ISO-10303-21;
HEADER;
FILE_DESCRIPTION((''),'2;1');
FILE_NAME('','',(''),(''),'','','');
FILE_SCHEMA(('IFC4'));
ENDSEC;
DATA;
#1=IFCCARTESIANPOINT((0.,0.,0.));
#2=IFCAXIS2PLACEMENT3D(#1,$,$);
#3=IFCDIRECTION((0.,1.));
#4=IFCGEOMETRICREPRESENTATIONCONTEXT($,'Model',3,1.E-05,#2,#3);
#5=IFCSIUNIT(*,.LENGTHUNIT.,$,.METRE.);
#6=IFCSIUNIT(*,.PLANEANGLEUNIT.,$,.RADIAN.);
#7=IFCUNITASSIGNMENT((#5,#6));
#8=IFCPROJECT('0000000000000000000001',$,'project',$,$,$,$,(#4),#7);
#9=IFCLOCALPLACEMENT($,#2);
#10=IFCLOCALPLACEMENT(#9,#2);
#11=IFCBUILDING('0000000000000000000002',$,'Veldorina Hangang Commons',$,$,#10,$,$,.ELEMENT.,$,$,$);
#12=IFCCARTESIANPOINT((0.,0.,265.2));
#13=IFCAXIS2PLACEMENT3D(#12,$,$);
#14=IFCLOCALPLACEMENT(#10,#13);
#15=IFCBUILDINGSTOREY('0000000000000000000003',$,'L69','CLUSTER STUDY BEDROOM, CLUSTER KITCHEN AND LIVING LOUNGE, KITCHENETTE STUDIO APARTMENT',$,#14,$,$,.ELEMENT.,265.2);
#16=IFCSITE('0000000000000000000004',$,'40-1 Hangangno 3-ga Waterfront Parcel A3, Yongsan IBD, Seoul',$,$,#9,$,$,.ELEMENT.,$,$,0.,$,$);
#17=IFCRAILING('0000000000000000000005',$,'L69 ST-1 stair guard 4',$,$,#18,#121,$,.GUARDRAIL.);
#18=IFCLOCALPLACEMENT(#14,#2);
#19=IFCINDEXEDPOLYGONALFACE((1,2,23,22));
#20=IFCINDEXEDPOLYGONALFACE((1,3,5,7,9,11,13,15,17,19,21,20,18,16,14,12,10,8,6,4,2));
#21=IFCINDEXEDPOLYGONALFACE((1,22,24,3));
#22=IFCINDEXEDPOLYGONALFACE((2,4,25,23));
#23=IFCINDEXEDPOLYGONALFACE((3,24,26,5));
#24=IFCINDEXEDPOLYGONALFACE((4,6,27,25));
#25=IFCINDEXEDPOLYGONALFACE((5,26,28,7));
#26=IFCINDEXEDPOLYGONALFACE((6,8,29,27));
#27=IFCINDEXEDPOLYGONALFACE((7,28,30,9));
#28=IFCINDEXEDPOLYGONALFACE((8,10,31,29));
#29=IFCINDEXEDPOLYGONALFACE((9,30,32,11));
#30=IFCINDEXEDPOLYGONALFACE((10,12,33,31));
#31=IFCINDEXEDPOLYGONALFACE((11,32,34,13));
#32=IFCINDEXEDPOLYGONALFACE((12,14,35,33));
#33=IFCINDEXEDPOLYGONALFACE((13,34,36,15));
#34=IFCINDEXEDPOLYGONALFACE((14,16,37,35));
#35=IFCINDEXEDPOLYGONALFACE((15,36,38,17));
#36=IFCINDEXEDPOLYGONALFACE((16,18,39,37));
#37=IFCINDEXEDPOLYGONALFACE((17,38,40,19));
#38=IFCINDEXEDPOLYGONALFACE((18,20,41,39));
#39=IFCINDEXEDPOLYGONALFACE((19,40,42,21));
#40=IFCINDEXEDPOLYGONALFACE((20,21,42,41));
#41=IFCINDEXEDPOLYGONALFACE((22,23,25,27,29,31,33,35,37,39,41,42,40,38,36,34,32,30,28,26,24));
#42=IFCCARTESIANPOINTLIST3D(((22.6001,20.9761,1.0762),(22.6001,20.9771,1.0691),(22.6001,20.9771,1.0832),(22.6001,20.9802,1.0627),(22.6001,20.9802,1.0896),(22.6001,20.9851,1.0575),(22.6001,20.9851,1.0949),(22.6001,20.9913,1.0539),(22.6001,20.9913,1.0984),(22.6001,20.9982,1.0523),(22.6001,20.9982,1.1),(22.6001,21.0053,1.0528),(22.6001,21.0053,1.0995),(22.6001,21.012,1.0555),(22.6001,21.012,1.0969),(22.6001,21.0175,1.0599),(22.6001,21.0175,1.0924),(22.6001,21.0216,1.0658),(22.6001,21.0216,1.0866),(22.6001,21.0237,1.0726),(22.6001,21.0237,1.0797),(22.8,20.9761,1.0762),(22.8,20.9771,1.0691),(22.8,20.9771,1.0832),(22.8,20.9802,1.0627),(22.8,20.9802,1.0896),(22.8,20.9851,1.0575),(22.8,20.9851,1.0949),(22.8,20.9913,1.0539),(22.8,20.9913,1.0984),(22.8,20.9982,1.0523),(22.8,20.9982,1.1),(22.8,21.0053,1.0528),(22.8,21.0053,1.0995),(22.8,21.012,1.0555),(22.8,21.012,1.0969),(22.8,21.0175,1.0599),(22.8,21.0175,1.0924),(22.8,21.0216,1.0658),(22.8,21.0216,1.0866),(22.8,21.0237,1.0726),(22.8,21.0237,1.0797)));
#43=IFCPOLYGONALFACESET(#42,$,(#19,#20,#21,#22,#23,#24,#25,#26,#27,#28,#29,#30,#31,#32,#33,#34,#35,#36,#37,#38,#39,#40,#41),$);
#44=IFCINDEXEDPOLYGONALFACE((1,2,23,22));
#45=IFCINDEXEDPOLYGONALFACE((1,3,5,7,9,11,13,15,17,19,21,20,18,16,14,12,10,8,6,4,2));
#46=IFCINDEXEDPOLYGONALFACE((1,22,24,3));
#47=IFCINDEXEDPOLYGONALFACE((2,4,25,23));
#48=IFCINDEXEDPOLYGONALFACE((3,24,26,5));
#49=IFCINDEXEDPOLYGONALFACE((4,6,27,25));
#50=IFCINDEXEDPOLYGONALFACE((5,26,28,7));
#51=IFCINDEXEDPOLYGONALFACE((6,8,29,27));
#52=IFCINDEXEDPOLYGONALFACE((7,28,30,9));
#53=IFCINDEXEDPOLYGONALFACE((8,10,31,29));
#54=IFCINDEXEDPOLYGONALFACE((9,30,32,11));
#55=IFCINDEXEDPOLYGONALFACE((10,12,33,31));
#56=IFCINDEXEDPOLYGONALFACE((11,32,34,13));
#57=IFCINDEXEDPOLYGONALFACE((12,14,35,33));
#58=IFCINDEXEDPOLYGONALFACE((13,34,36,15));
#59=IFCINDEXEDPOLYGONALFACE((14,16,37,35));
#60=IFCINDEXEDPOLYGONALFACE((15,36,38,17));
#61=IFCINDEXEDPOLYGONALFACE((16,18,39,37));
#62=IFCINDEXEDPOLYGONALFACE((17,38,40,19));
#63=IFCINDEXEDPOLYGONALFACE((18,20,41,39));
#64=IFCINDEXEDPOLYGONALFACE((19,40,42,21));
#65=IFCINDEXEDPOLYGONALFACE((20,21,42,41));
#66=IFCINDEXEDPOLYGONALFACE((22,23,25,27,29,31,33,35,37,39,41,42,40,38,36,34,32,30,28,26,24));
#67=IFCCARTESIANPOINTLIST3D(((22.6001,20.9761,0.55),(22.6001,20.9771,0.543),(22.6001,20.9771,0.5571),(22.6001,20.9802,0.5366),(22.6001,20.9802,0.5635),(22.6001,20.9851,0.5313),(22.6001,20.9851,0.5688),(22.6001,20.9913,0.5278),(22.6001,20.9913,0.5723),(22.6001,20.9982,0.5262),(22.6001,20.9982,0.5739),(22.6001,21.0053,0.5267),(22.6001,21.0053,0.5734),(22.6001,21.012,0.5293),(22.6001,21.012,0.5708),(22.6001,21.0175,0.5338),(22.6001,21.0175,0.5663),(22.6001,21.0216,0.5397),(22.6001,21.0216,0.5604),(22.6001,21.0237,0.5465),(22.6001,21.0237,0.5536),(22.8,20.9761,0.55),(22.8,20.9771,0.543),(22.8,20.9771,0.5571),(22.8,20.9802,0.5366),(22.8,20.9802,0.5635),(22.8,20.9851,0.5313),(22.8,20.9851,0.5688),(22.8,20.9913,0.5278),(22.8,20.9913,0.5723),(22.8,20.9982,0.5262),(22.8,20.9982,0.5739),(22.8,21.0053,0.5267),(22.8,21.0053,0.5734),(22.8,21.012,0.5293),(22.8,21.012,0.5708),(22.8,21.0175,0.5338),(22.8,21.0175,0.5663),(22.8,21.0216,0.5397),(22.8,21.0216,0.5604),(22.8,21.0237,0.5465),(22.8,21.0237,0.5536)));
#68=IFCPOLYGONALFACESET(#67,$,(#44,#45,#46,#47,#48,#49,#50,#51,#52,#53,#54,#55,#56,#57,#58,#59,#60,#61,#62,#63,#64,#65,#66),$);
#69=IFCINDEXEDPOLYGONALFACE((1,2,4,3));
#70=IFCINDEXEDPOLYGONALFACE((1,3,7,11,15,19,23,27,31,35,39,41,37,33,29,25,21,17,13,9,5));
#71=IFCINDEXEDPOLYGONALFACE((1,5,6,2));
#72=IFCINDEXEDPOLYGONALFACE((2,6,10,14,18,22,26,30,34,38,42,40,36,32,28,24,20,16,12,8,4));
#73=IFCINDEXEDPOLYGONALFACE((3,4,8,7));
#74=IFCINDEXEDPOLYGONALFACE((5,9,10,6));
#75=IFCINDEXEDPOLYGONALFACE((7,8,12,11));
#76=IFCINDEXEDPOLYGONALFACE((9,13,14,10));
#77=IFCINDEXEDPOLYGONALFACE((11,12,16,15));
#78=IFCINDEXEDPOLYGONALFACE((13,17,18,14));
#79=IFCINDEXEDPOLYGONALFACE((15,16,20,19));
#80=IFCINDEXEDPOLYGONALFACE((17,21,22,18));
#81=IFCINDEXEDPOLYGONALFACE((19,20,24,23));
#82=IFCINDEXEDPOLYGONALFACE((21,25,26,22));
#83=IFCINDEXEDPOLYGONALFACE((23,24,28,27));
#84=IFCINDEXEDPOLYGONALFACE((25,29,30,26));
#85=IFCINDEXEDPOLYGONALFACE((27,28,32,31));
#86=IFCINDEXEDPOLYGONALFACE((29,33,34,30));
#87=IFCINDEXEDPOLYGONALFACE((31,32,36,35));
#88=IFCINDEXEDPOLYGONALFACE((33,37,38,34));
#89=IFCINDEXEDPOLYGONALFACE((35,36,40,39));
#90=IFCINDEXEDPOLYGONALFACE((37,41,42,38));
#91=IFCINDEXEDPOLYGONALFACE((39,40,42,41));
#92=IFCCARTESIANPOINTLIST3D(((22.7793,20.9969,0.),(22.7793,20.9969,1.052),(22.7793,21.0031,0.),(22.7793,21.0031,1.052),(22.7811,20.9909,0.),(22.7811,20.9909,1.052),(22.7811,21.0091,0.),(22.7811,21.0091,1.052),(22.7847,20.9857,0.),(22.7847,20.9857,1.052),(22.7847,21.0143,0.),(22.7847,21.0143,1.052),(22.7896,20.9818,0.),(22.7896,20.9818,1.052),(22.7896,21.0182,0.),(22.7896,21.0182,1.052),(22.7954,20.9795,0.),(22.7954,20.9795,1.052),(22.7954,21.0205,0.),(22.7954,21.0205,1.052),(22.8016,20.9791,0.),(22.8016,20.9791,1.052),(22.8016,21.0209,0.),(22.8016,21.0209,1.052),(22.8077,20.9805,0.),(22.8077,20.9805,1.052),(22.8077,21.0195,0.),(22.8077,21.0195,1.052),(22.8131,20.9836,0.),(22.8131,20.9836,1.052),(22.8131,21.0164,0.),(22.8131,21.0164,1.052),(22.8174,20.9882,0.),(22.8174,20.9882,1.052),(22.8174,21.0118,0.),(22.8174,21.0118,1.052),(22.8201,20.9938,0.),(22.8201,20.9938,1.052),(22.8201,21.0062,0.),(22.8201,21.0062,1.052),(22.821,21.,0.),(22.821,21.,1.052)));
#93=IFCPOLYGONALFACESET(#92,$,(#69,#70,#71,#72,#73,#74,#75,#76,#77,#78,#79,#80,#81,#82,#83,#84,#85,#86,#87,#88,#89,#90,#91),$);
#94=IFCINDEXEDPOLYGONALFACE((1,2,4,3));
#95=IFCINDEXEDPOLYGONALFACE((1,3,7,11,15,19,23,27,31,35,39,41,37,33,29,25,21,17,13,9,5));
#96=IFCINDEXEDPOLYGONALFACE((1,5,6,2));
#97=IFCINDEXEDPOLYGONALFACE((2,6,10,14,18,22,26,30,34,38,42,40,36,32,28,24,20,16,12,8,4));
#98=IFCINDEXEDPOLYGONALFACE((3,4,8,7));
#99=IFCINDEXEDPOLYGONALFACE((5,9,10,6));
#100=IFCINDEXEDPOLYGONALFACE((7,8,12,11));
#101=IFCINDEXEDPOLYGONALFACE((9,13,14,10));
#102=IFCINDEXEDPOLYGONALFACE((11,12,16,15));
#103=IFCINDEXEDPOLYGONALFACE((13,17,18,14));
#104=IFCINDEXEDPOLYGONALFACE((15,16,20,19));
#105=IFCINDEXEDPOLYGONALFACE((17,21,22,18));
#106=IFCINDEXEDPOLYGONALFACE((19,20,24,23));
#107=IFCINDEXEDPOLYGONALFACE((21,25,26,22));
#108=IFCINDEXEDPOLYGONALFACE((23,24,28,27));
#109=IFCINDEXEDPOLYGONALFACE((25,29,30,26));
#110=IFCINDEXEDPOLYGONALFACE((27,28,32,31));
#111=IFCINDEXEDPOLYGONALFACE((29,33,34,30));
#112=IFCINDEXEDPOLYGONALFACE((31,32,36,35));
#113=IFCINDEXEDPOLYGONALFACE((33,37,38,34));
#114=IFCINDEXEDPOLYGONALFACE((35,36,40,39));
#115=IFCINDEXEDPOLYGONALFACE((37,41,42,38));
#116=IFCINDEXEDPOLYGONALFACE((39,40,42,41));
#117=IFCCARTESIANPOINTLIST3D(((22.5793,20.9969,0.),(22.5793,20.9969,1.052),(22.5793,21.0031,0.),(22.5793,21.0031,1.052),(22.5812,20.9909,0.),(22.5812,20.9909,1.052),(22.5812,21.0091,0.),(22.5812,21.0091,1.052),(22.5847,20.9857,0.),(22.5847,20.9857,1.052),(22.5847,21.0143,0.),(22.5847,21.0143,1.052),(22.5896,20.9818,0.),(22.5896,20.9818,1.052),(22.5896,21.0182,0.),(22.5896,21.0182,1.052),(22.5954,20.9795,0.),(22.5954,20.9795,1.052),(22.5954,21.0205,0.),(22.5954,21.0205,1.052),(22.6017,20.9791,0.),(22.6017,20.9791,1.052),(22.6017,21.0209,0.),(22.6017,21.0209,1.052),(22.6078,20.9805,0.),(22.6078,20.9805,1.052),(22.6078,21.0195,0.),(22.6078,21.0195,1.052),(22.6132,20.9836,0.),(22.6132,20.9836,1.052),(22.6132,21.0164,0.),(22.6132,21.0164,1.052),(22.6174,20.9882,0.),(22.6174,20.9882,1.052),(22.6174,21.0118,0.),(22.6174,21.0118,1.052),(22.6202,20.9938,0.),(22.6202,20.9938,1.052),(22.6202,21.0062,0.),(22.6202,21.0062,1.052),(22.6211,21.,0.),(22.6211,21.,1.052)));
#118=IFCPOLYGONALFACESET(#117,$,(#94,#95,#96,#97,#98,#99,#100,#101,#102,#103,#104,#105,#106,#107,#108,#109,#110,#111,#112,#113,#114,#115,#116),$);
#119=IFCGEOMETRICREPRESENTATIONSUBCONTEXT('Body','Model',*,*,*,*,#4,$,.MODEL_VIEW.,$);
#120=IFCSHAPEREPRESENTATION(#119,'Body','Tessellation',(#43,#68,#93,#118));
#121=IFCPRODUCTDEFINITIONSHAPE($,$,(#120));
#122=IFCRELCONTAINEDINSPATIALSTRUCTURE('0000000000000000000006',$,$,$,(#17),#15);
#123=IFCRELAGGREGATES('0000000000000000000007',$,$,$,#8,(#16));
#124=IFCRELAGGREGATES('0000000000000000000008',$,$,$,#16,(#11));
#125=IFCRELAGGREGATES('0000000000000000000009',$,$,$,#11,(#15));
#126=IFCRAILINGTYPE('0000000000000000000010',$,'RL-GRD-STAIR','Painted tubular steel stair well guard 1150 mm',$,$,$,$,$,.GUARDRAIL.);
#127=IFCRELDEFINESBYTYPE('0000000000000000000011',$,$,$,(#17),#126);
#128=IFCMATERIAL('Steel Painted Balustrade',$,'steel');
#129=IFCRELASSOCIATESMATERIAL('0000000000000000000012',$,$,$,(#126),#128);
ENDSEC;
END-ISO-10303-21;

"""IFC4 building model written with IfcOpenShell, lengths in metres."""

from ifc_helpers import new_model, si_unit, direction, frame, origin, origin_2d, place, context, subcontext, project, spatial, circle, extrude, material, type_object, element, save


model = new_model("IFC4")

# Units and contexts
model_context = context("Model", 3, precision=1e-05, world=origin(), true_north=direction((0.0, 1.0)))
body_context = subcontext(model_context, "Body", "Model", "MODEL_VIEW")
ifc_project = project(units=[si_unit("LENGTHUNIT", "METRE"), si_unit("PLANEANGLEUNIT", "RADIAN")], contexts=[model_context])

# Site, building, storey
site_placement = place(None, origin())
site = spatial("IfcSite", under=ifc_project, at=site_placement, Name="40-1 Hangangno 3-ga Waterfront Parcel A3, Yongsan IBD, Seoul", CompositionType="ELEMENT", RefElevation=0.0)
building_placement = place(site_placement, origin())
building = spatial("IfcBuilding", under=site, at=building_placement, Name="Veldorina Hangang Commons", CompositionType="ELEMENT")
storey_placement = place(building_placement, frame((0.0, 0.0, 265.2)))
storey = spatial("IfcBuildingStorey", under=building, at=storey_placement, Name="L69", Description="CLUSTER STUDY BEDROOM, CLUSTER KITCHEN AND LIVING LOUNGE, KITCHENETTE STUDIO APARTMENT", CompositionType="ELEMENT", Elevation=265.2)

# Railing
ifc_material_1 = material(Name="Steel Painted Balustrade", Category="steel")
railing_type = type_object("IfcRailingType", Name="RL-GRD-STAIR", Description="Painted tubular steel stair well guard 1150 mm", PredefinedType="GUARDRAIL", material=ifc_material_1)
railing_1_placement = place(storey_placement, frame((22.8, 21.0, 0.0)))
element("IfcRailing", 1, at=railing_1_placement, inside=storey, type_object=railing_type, Name="L69 ST-1 stair guard 4", PredefinedType="GUARDRAIL", context=body_context, shape_type="SweptSolid", body=[
    extrude(circle(Radius=0.0239, at=origin_2d()), frame((0.0, 0.0, 1.0762), z_axis=(-1.0, 0.0, 0.0), x_axis=(0.0, -1.0, 0.0)), (0.0, 0.0, 1.0), 0.2),
    extrude(circle(Radius=0.0239, at=origin_2d()), frame((0.0, 0.0, 0.55), z_axis=(-1.0, 0.0, 0.0), x_axis=(0.0, -1.0, 0.0)), (0.0, 0.0, 1.0), 0.2),
    extrude(circle(Radius=0.021, at=origin_2d()), origin(), (0.0, 0.0, 1.0), 1.052),
    extrude(circle(Radius=0.021, at=origin_2d()), frame((-0.2, 0.0, 0.0)), (0.0, 0.0, 1.0), 1.052),
])

save(model, "model.ifc")
